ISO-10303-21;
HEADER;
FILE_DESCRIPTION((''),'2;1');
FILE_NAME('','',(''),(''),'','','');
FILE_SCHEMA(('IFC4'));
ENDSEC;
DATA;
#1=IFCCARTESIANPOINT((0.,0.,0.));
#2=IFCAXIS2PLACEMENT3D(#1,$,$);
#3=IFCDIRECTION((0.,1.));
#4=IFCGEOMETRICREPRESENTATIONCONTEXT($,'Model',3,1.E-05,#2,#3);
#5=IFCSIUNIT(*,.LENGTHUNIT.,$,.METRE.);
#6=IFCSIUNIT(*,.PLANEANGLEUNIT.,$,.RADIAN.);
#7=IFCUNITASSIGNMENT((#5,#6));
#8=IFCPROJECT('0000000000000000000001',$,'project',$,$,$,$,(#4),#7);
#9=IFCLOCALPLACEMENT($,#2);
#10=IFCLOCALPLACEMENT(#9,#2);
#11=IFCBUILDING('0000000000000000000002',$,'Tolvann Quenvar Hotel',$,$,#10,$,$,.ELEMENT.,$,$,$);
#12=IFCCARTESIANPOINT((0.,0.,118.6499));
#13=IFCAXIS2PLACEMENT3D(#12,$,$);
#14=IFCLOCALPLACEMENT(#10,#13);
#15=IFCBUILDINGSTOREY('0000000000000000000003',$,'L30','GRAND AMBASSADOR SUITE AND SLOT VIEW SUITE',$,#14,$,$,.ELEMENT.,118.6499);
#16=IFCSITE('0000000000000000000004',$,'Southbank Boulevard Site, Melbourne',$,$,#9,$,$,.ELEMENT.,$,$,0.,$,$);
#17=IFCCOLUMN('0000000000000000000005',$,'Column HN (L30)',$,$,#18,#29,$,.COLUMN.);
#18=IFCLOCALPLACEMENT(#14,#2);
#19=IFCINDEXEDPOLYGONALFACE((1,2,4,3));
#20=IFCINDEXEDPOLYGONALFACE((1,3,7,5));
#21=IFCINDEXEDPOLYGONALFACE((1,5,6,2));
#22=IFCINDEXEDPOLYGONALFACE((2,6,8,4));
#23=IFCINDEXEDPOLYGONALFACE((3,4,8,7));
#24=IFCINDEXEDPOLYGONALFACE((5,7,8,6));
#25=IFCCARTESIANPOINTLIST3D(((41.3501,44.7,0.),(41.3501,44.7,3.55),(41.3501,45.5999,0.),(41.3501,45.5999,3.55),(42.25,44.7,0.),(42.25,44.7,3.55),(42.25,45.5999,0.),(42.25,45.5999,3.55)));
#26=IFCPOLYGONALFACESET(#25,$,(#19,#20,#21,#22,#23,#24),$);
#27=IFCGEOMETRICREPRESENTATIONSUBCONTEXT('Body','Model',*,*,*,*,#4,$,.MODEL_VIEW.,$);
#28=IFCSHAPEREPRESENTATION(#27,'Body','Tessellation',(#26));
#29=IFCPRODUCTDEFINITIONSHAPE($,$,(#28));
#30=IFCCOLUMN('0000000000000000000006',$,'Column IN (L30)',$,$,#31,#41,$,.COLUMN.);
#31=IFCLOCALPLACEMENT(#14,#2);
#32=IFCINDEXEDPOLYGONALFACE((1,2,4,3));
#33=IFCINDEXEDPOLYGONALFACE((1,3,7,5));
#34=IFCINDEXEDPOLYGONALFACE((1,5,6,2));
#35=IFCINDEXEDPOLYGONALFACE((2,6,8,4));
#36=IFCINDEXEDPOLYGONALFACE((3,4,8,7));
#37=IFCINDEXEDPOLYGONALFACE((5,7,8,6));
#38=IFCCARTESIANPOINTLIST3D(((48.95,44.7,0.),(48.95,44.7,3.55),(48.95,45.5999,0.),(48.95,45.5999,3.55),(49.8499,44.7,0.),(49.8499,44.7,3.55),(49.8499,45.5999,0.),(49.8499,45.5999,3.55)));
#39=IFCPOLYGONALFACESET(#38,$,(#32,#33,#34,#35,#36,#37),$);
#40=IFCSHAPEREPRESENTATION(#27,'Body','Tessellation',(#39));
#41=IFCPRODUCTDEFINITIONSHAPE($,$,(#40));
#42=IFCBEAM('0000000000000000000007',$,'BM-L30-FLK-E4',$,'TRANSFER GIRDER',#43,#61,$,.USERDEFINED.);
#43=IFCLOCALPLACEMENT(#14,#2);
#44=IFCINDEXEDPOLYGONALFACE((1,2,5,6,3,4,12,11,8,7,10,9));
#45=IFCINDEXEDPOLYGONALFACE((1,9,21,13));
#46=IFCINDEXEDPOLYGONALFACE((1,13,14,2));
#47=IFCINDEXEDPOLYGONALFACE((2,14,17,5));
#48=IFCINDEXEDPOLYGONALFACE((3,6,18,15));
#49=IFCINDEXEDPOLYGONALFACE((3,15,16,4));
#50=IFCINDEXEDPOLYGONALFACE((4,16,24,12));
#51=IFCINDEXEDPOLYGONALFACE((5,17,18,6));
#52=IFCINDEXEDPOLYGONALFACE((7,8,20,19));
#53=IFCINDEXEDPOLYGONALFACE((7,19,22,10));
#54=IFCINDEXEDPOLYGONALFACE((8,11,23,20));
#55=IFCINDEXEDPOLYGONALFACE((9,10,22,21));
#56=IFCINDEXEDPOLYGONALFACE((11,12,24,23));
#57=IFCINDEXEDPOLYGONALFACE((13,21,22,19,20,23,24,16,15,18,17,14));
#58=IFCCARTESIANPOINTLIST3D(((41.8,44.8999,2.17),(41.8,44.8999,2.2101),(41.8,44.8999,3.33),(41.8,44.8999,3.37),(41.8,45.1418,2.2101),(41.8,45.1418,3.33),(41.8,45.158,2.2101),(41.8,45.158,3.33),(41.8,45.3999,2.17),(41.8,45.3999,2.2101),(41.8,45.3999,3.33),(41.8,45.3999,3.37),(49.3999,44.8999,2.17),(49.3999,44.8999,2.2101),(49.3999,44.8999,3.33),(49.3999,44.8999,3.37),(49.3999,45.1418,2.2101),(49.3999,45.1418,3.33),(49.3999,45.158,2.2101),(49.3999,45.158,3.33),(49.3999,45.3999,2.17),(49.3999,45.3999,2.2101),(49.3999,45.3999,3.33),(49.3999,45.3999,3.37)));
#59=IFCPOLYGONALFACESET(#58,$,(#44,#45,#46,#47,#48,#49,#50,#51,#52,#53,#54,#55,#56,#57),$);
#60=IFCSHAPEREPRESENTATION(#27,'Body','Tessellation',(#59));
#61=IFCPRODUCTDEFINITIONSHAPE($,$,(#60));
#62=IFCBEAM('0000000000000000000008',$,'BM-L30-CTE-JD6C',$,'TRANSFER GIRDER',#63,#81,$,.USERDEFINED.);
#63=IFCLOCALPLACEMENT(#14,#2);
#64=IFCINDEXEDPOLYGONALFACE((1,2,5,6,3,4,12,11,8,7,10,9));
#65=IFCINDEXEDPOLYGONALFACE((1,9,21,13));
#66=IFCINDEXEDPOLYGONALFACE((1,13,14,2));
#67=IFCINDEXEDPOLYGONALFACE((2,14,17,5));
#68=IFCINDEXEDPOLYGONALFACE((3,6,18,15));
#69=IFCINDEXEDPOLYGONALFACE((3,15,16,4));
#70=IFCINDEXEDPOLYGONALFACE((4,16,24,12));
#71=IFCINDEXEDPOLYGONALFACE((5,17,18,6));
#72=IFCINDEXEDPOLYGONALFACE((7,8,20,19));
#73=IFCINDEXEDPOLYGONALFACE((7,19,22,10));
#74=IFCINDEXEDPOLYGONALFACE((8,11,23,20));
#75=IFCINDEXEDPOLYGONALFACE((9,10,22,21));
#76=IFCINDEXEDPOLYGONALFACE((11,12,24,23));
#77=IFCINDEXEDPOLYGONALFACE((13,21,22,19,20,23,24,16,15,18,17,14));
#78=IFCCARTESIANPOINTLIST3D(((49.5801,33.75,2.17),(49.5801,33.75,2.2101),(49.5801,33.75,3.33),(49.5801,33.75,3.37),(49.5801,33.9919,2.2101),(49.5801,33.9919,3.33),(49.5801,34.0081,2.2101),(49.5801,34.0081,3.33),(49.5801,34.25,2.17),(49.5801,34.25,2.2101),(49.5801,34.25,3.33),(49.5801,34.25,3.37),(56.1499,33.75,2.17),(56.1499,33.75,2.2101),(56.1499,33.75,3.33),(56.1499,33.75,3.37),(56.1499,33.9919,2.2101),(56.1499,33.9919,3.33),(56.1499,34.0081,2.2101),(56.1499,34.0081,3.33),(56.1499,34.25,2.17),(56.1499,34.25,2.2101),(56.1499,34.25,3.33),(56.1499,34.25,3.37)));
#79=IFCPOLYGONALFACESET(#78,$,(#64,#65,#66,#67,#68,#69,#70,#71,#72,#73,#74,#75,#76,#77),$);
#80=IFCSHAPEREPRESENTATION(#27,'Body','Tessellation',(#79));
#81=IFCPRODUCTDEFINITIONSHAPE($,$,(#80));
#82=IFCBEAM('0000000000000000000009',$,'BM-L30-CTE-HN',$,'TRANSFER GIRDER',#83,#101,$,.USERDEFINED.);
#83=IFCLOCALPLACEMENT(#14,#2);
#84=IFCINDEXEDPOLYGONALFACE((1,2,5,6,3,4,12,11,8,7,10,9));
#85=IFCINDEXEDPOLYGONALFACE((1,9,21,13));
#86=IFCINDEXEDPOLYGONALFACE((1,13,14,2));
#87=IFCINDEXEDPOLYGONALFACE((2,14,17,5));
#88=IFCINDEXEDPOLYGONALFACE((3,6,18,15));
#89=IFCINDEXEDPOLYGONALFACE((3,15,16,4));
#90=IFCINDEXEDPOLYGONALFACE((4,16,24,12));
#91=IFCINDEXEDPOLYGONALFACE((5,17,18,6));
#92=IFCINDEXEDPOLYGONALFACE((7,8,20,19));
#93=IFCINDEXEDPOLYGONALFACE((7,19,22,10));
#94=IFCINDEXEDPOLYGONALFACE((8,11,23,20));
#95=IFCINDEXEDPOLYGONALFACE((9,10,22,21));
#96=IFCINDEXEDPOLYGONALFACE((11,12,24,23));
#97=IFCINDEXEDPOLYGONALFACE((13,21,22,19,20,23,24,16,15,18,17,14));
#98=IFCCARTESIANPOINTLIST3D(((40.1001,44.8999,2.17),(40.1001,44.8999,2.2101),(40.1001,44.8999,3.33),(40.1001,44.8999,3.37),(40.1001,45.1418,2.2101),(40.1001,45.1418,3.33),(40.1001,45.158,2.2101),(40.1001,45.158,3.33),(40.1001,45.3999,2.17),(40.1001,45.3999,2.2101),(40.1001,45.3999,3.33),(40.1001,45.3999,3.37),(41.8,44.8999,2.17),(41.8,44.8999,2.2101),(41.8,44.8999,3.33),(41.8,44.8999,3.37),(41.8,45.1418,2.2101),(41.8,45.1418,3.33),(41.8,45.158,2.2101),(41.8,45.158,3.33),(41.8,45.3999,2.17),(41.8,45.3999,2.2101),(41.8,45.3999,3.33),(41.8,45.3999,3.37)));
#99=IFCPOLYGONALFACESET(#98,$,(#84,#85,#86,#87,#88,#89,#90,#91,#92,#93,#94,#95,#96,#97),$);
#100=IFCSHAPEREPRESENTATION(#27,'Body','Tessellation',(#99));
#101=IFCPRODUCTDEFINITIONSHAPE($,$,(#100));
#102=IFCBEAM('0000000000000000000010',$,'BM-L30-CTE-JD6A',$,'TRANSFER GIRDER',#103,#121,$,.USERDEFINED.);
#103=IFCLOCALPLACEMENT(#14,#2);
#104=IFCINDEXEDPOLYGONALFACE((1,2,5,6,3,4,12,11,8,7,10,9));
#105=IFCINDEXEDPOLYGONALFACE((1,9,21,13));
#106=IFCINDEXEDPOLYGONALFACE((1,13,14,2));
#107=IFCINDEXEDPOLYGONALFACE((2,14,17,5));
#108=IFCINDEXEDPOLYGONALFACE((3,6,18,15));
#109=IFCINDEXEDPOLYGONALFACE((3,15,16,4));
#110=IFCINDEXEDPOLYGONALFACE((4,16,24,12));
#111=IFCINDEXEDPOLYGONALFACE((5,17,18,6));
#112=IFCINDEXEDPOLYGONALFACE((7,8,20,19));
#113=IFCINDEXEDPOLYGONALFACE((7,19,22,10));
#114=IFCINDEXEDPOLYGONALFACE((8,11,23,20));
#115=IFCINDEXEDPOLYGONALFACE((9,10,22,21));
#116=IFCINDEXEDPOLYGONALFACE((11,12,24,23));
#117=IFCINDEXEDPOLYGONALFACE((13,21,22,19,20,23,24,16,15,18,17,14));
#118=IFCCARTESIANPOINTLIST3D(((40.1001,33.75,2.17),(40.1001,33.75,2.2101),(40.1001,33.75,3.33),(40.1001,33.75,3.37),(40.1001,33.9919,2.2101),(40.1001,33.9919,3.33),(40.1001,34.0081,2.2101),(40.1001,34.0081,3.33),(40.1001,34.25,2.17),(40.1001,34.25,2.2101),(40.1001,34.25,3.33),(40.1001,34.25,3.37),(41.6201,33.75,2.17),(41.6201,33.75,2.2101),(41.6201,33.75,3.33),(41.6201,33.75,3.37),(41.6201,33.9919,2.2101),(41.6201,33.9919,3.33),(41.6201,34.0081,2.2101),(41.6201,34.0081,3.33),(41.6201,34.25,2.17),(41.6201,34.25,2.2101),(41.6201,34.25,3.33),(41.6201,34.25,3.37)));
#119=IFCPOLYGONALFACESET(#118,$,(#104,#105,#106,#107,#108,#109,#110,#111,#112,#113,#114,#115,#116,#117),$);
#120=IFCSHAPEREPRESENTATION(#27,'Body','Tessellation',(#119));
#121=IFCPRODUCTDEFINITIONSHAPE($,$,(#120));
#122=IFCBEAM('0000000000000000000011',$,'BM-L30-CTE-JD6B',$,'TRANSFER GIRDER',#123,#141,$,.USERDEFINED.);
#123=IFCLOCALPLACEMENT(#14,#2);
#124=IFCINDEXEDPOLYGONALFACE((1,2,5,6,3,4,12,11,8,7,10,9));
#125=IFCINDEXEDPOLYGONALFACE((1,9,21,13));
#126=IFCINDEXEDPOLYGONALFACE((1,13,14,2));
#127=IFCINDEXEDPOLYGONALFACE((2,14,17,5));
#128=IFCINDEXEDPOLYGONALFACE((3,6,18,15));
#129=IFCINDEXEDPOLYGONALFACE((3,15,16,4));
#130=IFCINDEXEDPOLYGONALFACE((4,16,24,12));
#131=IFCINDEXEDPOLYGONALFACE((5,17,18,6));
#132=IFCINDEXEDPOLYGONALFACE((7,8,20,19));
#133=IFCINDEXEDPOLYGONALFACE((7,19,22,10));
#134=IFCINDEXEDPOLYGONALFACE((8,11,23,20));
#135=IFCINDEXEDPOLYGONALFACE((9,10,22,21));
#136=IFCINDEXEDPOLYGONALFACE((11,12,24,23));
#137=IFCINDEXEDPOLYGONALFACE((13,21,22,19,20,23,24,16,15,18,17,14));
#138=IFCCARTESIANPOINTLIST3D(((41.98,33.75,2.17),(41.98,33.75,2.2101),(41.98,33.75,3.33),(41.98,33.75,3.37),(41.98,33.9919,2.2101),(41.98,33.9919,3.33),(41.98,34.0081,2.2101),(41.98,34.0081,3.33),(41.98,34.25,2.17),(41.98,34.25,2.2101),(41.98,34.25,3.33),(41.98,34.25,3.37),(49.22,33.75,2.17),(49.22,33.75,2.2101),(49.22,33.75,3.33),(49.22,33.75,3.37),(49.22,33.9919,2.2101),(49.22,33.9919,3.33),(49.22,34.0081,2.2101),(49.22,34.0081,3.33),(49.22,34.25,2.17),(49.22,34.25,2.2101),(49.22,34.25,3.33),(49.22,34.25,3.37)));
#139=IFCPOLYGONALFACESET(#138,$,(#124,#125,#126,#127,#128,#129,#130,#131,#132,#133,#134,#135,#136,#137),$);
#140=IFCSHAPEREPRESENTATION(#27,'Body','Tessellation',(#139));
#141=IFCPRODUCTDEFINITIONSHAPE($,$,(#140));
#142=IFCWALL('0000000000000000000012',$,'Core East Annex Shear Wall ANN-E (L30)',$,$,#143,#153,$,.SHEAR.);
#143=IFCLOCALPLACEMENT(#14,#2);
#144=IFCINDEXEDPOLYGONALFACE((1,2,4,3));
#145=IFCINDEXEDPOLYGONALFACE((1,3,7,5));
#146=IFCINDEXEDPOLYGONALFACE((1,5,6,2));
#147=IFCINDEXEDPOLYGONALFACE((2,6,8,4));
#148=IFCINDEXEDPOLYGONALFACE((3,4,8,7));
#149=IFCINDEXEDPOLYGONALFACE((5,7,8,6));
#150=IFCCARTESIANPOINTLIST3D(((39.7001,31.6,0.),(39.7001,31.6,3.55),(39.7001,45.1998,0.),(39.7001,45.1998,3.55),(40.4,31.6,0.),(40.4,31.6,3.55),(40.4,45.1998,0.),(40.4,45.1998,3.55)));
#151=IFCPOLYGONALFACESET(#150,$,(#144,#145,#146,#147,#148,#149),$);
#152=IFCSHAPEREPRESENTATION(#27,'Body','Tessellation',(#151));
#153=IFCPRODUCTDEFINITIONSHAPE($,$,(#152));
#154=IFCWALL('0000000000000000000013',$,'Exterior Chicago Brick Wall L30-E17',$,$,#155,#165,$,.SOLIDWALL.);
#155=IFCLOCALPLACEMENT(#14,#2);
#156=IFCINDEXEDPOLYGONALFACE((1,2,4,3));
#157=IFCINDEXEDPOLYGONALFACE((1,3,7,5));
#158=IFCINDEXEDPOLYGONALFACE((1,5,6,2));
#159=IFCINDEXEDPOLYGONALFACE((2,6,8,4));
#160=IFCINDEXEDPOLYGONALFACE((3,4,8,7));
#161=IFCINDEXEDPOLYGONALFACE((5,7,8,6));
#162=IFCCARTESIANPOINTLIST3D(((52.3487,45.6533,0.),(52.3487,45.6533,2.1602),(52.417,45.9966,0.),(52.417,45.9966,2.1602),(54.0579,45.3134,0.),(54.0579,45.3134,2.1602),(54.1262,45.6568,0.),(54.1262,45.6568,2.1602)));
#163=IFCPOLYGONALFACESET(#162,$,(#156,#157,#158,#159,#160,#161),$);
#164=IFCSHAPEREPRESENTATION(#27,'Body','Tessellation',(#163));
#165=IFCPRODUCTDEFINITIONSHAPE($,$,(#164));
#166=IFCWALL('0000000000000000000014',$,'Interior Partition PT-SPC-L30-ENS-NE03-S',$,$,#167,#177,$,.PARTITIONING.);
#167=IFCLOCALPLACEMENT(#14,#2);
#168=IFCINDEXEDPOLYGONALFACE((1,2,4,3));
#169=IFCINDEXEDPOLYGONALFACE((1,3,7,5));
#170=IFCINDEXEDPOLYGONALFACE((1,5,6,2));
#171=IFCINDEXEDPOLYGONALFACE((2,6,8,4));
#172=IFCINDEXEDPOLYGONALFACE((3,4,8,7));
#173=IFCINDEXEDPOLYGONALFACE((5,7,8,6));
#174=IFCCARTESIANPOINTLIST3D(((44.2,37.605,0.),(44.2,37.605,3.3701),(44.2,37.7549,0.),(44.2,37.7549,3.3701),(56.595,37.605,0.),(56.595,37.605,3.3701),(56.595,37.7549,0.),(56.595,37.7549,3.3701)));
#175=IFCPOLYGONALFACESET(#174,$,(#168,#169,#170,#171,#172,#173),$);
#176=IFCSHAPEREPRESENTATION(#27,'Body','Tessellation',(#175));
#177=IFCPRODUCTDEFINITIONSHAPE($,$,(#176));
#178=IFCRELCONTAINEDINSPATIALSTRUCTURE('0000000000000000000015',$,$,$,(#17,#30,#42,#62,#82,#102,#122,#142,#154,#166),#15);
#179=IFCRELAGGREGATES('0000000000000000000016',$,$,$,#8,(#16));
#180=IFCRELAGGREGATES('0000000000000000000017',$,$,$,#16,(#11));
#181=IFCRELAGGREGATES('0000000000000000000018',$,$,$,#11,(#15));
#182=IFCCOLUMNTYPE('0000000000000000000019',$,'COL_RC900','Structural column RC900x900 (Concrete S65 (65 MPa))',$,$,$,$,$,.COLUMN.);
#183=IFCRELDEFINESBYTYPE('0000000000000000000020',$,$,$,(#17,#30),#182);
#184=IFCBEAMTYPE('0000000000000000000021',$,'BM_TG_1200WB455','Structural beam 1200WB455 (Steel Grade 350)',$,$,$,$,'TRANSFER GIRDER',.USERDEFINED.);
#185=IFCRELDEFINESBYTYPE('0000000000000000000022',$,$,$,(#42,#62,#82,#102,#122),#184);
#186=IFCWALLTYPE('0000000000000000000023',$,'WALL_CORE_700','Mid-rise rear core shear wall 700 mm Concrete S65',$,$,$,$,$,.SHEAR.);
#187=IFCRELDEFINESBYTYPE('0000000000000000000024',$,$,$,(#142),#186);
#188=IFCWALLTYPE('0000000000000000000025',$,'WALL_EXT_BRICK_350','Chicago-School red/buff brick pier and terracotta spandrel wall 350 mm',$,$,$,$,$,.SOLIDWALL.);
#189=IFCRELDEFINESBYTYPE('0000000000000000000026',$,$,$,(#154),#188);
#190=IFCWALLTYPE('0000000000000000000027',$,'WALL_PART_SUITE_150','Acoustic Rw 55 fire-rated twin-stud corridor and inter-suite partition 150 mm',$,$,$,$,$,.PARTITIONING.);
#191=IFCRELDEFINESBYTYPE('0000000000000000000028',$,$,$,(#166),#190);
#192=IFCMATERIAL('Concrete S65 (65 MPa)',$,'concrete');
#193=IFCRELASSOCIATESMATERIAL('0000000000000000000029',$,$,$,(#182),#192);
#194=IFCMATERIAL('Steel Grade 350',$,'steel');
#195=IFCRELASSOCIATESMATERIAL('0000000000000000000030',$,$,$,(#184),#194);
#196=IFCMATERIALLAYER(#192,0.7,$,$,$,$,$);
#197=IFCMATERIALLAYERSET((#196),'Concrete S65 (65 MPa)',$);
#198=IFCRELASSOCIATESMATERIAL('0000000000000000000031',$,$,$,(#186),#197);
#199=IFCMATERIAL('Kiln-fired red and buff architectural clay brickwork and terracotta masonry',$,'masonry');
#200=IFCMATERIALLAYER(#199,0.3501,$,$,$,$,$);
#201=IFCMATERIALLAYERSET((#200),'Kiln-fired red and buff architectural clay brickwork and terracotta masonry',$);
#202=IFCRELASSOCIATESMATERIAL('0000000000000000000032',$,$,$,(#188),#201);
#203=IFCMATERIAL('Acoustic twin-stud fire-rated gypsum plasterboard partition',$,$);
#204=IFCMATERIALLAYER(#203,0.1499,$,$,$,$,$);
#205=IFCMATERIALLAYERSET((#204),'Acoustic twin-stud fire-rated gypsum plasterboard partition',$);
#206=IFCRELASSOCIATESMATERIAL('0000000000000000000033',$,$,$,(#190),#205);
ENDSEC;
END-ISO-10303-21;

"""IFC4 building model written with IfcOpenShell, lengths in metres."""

from ifc_helpers import new_model, si_unit, direction, frame, frame_2d, origin, origin_2d, place, context, subcontext, project, spatial, rectangle, i_section, extrude, source, transform, mapped, material, layer, layer_set, material_profile, profile_set, type_object, type_shapes, element, save


model = new_model("IFC4")

# Units and contexts
model_context = context("Model", 3, precision=1e-05, world=origin(), true_north=direction((0.0, 1.0)))
body_context = subcontext(model_context, "Body", "Model", "MODEL_VIEW")
ifc_project = project(units=[si_unit("LENGTHUNIT", "METRE"), si_unit("PLANEANGLEUNIT", "RADIAN")], contexts=[model_context])

# Site, building, storey
site_placement = place(None, origin())
site = spatial("IfcSite", under=ifc_project, at=site_placement, Name="Southbank Boulevard Site, Melbourne", CompositionType="ELEMENT", RefElevation=0.0)
building_placement = place(site_placement, origin())
building = spatial("IfcBuilding", under=site, at=building_placement, Name="Tolvann Quenvar Hotel", CompositionType="ELEMENT")
storey_placement = place(building_placement, frame((0.0, 0.0, 118.6499)))
storey = spatial("IfcBuildingStorey", under=building, at=storey_placement, Name="L30", Description="GRAND AMBASSADOR SUITE AND SLOT VIEW SUITE", CompositionType="ELEMENT", Elevation=118.6499)

# Columns
ifc_material_1 = material(Name="Concrete S65 (65 MPa)", Category="concrete")
ifc_material_profile_1 = material_profile(ifc_material_1, rectangle(XDim=0.8999, YDim=0.8999, at=origin_2d()), Name="RC900x900")
ifc_profile_set_1 = profile_set([ifc_material_profile_1], Name="Concrete S65 (65 MPa)")
column_type = type_object("IfcColumnType", Name="COL_RC900", Description="Structural column RC900x900 (Concrete S65 (65 MPa))", PredefinedType="COLUMN", material=ifc_profile_set_1)
shared_shape_1 = source(origin(), body_context, "Body", "SweptSolid", [
    extrude(rectangle(XDim=0.8999, YDim=0.8999, at=origin_2d()), origin(), (0.0, 0.0, 1.0), 3.55),
])
type_shapes(column_type, [shared_shape_1])
for number, where, z_axis, x_axis, name in (
    (1, (41.8, 45.1499, 0.0), (0.0, 0.0, 1.0), (1.0, 0.0, 0.0), "Column HN (L30)"),
    (2, (49.3999, 45.1499, 0.0), (0.0, 0.0, 1.0), (1.0, 0.0, 0.0), "Column IN (L30)"),
):
    element("IfcColumn", number, at=place(storey_placement, frame(where, z_axis=z_axis, x_axis=x_axis)), inside=storey, type_object=column_type, Name=name, PredefinedType="COLUMN", context=body_context, shape_type="MappedRepresentation", body=[
        mapped(shared_shape_1, transform((0.0, 0.0, 0.0), x_axis=(1.0, 0.0, 0.0), y_axis=(0.0, 1.0, 0.0), z_axis=(0.0, 0.0, 1.0), scale=1.0)),
    ])

# Beams
ifc_material_2 = material(Name="Steel Grade 350", Category="steel")
ifc_material_profile_2 = material_profile(ifc_material_2, i_section(OverallWidth=0.5, OverallDepth=1.2, WebThickness=0.0161, FlangeThickness=0.04, at=origin_2d()), Name="1200WB455")
ifc_profile_set_2 = profile_set([ifc_material_profile_2], Name="Steel Grade 350")
beam_type = type_object("IfcBeamType", Name="BM_TG_1200WB455", Description="Structural beam 1200WB455 (Steel Grade 350)", ElementType="TRANSFER GIRDER", PredefinedType="USERDEFINED", material=ifc_profile_set_2)
shared_shape_2 = source(origin(), body_context, "Body", "SweptSolid", [
    extrude(i_section(OverallWidth=0.5, OverallDepth=1.2, WebThickness=0.0161, FlangeThickness=0.04, at=origin_2d()), origin(), (0.0, 0.0, 1.0), 7.5999),
])
beam_1_placement = place(storey_placement, frame((49.3999, 45.1499, 2.77), z_axis=(-1.0, 0.0, 0.0), x_axis=(0.0, -1.0, 0.0)))
element("IfcBeam", 3, at=beam_1_placement, inside=storey, type_object=beam_type, Name="BM-L30-FLK-E4", ObjectType="TRANSFER GIRDER", PredefinedType="USERDEFINED", context=body_context, shape_type="MappedRepresentation", body=[
    mapped(shared_shape_2, transform((0.0, 0.0, 0.0), x_axis=(1.0, 0.0, 0.0), y_axis=(0.0, 1.0, 0.0), z_axis=(0.0, 0.0, 1.0), scale=1.0)),
])
shared_shape_3 = source(origin(), body_context, "Body", "SweptSolid", [
    extrude(i_section(OverallWidth=0.5, OverallDepth=1.2, WebThickness=0.0161, FlangeThickness=0.04, at=origin_2d()), origin(), (0.0, 0.0, 1.0), 6.5698),
])
beam_2_placement = place(storey_placement, frame((49.5801, 34.0, 2.77), z_axis=(1.0, 0.0, 0.0), x_axis=(0.0, 1.0, 0.0)))
element("IfcBeam", 4, at=beam_2_placement, inside=storey, type_object=beam_type, Name="BM-L30-CTE-JD6C", ObjectType="TRANSFER GIRDER", PredefinedType="USERDEFINED", context=body_context, shape_type="MappedRepresentation", body=[
    mapped(shared_shape_3, transform((0.0, 0.0, 0.0), x_axis=(1.0, 0.0, 0.0), y_axis=(0.0, 1.0, 0.0), z_axis=(0.0, 0.0, 1.0), scale=1.0)),
])
shared_shape_4 = source(origin(), body_context, "Body", "SweptSolid", [
    extrude(i_section(OverallWidth=0.5, OverallDepth=1.2, WebThickness=0.0161, FlangeThickness=0.04, at=origin_2d()), origin(), (0.0, 0.0, 1.0), 1.7),
])
beam_3_placement = place(storey_placement, frame((40.1001, 45.1499, 2.77), z_axis=(1.0, 0.0, 0.0), x_axis=(0.0, 1.0, 0.0)))
element("IfcBeam", 5, at=beam_3_placement, inside=storey, type_object=beam_type, Name="BM-L30-CTE-HN", ObjectType="TRANSFER GIRDER", PredefinedType="USERDEFINED", context=body_context, shape_type="MappedRepresentation", body=[
    mapped(shared_shape_4, transform((0.0, 0.0, 0.0), x_axis=(1.0, 0.0, 0.0), y_axis=(0.0, 1.0, 0.0), z_axis=(0.0, 0.0, 1.0), scale=1.0)),
])
shared_shape_5 = source(origin(), body_context, "Body", "SweptSolid", [
    extrude(i_section(OverallWidth=0.5, OverallDepth=1.2, WebThickness=0.0161, FlangeThickness=0.04, at=origin_2d()), origin(), (0.0, 0.0, 1.0), 1.52),
])
beam_4_placement = place(storey_placement, frame((40.1001, 34.0, 2.77), z_axis=(1.0, 0.0, 0.0), x_axis=(0.0, 1.0, 0.0)))
element("IfcBeam", 6, at=beam_4_placement, inside=storey, type_object=beam_type, Name="BM-L30-CTE-JD6A", ObjectType="TRANSFER GIRDER", PredefinedType="USERDEFINED", context=body_context, shape_type="MappedRepresentation", body=[
    mapped(shared_shape_5, transform((0.0, 0.0, 0.0), x_axis=(1.0, 0.0, 0.0), y_axis=(0.0, 1.0, 0.0), z_axis=(0.0, 0.0, 1.0), scale=1.0)),
])
shared_shape_6 = source(origin(), body_context, "Body", "SweptSolid", [
    extrude(i_section(OverallWidth=0.5, OverallDepth=1.2, WebThickness=0.0161, FlangeThickness=0.04, at=origin_2d()), origin(), (0.0, 0.0, 1.0), 7.24),
])
type_shapes(beam_type, [shared_shape_2, shared_shape_3, shared_shape_4, shared_shape_5, shared_shape_6])
beam_5_placement = place(storey_placement, frame((41.98, 34.0, 2.77), z_axis=(1.0, 0.0, 0.0), x_axis=(0.0, 1.0, 0.0)))
element("IfcBeam", 7, at=beam_5_placement, inside=storey, type_object=beam_type, Name="BM-L30-CTE-JD6B", ObjectType="TRANSFER GIRDER", PredefinedType="USERDEFINED", context=body_context, shape_type="MappedRepresentation", body=[
    mapped(shared_shape_6, transform((0.0, 0.0, 0.0), x_axis=(1.0, 0.0, 0.0), y_axis=(0.0, 1.0, 0.0), z_axis=(0.0, 0.0, 1.0), scale=1.0)),
])

# Walls
ifc_layer_1 = layer(ifc_material_1, 0.7)
ifc_layer_set_1 = layer_set([ifc_layer_1], Name="Concrete S65 (65 MPa)")
wall_type_1 = type_object("IfcWallType", Name="WALL_CORE_700", Description="Mid-rise rear core shear wall 700 mm Concrete S65", PredefinedType="SHEAR", material=ifc_layer_set_1)
wall_1_placement = place(storey_placement, frame((40.05, 31.6001, 0.0), z_axis=(0.0, 0.0, 1.0), x_axis=(0.0, 1.0, 0.0)))
element("IfcWall", 8, at=wall_1_placement, inside=storey, type_object=wall_type_1, Name="Core East Annex Shear Wall ANN-E (L30)", PredefinedType="SHEAR", context=body_context, shape_type="SweptSolid", body=[
    extrude(rectangle(XDim=13.5999, YDim=0.7, at=frame_2d((6.7998, 0.0))), origin(), (0.0, 0.0, 1.0), 3.55),
])
ifc_material_3 = material(Name="Kiln-fired red and buff architectural clay brickwork and terracotta masonry", Category="masonry")
ifc_layer_2 = layer(ifc_material_3, 0.3501)
ifc_layer_set_2 = layer_set([ifc_layer_2], Name="Kiln-fired red and buff architectural clay brickwork and terracotta masonry")
wall_type_2 = type_object("IfcWallType", Name="WALL_EXT_BRICK_350", Description="Chicago-School red/buff brick pier and terracotta spandrel wall 350 mm", PredefinedType="SOLIDWALL", material=ifc_layer_set_2)
wall_2_placement = place(storey_placement, frame((54.092, 45.4851, 0.0), z_axis=(0.0, 0.0, 1.0), x_axis=(-0.980801, 0.195011, 0.0)))
element("IfcWall", 9, at=wall_2_placement, inside=storey, type_object=wall_type_2, Name="Exterior Chicago Brick Wall L30-E17", PredefinedType="SOLIDWALL", context=body_context, shape_type="SweptSolid", body=[
    extrude(rectangle(XDim=1.7427, YDim=0.3501, at=frame_2d((0.8713, 0.0))), origin(), (0.0, 0.0, 1.0), 2.1602),
])

# Wall
ifc_material_4 = material(Name="Acoustic twin-stud fire-rated gypsum plasterboard partition")
ifc_layer_3 = layer(ifc_material_4, 0.1499)
ifc_layer_set_3 = layer_set([ifc_layer_3], Name="Acoustic twin-stud fire-rated gypsum plasterboard partition")
wall_type_3 = type_object("IfcWallType", Name="WALL_PART_SUITE_150", Description="Acoustic Rw 55 fire-rated twin-stud corridor and inter-suite partition 150 mm", PredefinedType="PARTITIONING", material=ifc_layer_set_3)
wall_3_placement = place(storey_placement, frame((44.2, 37.6799, 0.0), z_axis=(0.0, 0.0, 1.0), x_axis=(1.0, 0.0, 0.0)))
element("IfcWall", 10, at=wall_3_placement, inside=storey, type_object=wall_type_3, Name="Interior Partition PT-SPC-L30-ENS-NE03-S", PredefinedType="PARTITIONING", context=body_context, shape_type="SweptSolid", body=[
    extrude(rectangle(XDim=12.395, YDim=0.1499, at=frame_2d((6.1975, 0.0))), origin(), (0.0, 0.0, 1.0), 3.3701),
])

save(model, "model.ifc")
